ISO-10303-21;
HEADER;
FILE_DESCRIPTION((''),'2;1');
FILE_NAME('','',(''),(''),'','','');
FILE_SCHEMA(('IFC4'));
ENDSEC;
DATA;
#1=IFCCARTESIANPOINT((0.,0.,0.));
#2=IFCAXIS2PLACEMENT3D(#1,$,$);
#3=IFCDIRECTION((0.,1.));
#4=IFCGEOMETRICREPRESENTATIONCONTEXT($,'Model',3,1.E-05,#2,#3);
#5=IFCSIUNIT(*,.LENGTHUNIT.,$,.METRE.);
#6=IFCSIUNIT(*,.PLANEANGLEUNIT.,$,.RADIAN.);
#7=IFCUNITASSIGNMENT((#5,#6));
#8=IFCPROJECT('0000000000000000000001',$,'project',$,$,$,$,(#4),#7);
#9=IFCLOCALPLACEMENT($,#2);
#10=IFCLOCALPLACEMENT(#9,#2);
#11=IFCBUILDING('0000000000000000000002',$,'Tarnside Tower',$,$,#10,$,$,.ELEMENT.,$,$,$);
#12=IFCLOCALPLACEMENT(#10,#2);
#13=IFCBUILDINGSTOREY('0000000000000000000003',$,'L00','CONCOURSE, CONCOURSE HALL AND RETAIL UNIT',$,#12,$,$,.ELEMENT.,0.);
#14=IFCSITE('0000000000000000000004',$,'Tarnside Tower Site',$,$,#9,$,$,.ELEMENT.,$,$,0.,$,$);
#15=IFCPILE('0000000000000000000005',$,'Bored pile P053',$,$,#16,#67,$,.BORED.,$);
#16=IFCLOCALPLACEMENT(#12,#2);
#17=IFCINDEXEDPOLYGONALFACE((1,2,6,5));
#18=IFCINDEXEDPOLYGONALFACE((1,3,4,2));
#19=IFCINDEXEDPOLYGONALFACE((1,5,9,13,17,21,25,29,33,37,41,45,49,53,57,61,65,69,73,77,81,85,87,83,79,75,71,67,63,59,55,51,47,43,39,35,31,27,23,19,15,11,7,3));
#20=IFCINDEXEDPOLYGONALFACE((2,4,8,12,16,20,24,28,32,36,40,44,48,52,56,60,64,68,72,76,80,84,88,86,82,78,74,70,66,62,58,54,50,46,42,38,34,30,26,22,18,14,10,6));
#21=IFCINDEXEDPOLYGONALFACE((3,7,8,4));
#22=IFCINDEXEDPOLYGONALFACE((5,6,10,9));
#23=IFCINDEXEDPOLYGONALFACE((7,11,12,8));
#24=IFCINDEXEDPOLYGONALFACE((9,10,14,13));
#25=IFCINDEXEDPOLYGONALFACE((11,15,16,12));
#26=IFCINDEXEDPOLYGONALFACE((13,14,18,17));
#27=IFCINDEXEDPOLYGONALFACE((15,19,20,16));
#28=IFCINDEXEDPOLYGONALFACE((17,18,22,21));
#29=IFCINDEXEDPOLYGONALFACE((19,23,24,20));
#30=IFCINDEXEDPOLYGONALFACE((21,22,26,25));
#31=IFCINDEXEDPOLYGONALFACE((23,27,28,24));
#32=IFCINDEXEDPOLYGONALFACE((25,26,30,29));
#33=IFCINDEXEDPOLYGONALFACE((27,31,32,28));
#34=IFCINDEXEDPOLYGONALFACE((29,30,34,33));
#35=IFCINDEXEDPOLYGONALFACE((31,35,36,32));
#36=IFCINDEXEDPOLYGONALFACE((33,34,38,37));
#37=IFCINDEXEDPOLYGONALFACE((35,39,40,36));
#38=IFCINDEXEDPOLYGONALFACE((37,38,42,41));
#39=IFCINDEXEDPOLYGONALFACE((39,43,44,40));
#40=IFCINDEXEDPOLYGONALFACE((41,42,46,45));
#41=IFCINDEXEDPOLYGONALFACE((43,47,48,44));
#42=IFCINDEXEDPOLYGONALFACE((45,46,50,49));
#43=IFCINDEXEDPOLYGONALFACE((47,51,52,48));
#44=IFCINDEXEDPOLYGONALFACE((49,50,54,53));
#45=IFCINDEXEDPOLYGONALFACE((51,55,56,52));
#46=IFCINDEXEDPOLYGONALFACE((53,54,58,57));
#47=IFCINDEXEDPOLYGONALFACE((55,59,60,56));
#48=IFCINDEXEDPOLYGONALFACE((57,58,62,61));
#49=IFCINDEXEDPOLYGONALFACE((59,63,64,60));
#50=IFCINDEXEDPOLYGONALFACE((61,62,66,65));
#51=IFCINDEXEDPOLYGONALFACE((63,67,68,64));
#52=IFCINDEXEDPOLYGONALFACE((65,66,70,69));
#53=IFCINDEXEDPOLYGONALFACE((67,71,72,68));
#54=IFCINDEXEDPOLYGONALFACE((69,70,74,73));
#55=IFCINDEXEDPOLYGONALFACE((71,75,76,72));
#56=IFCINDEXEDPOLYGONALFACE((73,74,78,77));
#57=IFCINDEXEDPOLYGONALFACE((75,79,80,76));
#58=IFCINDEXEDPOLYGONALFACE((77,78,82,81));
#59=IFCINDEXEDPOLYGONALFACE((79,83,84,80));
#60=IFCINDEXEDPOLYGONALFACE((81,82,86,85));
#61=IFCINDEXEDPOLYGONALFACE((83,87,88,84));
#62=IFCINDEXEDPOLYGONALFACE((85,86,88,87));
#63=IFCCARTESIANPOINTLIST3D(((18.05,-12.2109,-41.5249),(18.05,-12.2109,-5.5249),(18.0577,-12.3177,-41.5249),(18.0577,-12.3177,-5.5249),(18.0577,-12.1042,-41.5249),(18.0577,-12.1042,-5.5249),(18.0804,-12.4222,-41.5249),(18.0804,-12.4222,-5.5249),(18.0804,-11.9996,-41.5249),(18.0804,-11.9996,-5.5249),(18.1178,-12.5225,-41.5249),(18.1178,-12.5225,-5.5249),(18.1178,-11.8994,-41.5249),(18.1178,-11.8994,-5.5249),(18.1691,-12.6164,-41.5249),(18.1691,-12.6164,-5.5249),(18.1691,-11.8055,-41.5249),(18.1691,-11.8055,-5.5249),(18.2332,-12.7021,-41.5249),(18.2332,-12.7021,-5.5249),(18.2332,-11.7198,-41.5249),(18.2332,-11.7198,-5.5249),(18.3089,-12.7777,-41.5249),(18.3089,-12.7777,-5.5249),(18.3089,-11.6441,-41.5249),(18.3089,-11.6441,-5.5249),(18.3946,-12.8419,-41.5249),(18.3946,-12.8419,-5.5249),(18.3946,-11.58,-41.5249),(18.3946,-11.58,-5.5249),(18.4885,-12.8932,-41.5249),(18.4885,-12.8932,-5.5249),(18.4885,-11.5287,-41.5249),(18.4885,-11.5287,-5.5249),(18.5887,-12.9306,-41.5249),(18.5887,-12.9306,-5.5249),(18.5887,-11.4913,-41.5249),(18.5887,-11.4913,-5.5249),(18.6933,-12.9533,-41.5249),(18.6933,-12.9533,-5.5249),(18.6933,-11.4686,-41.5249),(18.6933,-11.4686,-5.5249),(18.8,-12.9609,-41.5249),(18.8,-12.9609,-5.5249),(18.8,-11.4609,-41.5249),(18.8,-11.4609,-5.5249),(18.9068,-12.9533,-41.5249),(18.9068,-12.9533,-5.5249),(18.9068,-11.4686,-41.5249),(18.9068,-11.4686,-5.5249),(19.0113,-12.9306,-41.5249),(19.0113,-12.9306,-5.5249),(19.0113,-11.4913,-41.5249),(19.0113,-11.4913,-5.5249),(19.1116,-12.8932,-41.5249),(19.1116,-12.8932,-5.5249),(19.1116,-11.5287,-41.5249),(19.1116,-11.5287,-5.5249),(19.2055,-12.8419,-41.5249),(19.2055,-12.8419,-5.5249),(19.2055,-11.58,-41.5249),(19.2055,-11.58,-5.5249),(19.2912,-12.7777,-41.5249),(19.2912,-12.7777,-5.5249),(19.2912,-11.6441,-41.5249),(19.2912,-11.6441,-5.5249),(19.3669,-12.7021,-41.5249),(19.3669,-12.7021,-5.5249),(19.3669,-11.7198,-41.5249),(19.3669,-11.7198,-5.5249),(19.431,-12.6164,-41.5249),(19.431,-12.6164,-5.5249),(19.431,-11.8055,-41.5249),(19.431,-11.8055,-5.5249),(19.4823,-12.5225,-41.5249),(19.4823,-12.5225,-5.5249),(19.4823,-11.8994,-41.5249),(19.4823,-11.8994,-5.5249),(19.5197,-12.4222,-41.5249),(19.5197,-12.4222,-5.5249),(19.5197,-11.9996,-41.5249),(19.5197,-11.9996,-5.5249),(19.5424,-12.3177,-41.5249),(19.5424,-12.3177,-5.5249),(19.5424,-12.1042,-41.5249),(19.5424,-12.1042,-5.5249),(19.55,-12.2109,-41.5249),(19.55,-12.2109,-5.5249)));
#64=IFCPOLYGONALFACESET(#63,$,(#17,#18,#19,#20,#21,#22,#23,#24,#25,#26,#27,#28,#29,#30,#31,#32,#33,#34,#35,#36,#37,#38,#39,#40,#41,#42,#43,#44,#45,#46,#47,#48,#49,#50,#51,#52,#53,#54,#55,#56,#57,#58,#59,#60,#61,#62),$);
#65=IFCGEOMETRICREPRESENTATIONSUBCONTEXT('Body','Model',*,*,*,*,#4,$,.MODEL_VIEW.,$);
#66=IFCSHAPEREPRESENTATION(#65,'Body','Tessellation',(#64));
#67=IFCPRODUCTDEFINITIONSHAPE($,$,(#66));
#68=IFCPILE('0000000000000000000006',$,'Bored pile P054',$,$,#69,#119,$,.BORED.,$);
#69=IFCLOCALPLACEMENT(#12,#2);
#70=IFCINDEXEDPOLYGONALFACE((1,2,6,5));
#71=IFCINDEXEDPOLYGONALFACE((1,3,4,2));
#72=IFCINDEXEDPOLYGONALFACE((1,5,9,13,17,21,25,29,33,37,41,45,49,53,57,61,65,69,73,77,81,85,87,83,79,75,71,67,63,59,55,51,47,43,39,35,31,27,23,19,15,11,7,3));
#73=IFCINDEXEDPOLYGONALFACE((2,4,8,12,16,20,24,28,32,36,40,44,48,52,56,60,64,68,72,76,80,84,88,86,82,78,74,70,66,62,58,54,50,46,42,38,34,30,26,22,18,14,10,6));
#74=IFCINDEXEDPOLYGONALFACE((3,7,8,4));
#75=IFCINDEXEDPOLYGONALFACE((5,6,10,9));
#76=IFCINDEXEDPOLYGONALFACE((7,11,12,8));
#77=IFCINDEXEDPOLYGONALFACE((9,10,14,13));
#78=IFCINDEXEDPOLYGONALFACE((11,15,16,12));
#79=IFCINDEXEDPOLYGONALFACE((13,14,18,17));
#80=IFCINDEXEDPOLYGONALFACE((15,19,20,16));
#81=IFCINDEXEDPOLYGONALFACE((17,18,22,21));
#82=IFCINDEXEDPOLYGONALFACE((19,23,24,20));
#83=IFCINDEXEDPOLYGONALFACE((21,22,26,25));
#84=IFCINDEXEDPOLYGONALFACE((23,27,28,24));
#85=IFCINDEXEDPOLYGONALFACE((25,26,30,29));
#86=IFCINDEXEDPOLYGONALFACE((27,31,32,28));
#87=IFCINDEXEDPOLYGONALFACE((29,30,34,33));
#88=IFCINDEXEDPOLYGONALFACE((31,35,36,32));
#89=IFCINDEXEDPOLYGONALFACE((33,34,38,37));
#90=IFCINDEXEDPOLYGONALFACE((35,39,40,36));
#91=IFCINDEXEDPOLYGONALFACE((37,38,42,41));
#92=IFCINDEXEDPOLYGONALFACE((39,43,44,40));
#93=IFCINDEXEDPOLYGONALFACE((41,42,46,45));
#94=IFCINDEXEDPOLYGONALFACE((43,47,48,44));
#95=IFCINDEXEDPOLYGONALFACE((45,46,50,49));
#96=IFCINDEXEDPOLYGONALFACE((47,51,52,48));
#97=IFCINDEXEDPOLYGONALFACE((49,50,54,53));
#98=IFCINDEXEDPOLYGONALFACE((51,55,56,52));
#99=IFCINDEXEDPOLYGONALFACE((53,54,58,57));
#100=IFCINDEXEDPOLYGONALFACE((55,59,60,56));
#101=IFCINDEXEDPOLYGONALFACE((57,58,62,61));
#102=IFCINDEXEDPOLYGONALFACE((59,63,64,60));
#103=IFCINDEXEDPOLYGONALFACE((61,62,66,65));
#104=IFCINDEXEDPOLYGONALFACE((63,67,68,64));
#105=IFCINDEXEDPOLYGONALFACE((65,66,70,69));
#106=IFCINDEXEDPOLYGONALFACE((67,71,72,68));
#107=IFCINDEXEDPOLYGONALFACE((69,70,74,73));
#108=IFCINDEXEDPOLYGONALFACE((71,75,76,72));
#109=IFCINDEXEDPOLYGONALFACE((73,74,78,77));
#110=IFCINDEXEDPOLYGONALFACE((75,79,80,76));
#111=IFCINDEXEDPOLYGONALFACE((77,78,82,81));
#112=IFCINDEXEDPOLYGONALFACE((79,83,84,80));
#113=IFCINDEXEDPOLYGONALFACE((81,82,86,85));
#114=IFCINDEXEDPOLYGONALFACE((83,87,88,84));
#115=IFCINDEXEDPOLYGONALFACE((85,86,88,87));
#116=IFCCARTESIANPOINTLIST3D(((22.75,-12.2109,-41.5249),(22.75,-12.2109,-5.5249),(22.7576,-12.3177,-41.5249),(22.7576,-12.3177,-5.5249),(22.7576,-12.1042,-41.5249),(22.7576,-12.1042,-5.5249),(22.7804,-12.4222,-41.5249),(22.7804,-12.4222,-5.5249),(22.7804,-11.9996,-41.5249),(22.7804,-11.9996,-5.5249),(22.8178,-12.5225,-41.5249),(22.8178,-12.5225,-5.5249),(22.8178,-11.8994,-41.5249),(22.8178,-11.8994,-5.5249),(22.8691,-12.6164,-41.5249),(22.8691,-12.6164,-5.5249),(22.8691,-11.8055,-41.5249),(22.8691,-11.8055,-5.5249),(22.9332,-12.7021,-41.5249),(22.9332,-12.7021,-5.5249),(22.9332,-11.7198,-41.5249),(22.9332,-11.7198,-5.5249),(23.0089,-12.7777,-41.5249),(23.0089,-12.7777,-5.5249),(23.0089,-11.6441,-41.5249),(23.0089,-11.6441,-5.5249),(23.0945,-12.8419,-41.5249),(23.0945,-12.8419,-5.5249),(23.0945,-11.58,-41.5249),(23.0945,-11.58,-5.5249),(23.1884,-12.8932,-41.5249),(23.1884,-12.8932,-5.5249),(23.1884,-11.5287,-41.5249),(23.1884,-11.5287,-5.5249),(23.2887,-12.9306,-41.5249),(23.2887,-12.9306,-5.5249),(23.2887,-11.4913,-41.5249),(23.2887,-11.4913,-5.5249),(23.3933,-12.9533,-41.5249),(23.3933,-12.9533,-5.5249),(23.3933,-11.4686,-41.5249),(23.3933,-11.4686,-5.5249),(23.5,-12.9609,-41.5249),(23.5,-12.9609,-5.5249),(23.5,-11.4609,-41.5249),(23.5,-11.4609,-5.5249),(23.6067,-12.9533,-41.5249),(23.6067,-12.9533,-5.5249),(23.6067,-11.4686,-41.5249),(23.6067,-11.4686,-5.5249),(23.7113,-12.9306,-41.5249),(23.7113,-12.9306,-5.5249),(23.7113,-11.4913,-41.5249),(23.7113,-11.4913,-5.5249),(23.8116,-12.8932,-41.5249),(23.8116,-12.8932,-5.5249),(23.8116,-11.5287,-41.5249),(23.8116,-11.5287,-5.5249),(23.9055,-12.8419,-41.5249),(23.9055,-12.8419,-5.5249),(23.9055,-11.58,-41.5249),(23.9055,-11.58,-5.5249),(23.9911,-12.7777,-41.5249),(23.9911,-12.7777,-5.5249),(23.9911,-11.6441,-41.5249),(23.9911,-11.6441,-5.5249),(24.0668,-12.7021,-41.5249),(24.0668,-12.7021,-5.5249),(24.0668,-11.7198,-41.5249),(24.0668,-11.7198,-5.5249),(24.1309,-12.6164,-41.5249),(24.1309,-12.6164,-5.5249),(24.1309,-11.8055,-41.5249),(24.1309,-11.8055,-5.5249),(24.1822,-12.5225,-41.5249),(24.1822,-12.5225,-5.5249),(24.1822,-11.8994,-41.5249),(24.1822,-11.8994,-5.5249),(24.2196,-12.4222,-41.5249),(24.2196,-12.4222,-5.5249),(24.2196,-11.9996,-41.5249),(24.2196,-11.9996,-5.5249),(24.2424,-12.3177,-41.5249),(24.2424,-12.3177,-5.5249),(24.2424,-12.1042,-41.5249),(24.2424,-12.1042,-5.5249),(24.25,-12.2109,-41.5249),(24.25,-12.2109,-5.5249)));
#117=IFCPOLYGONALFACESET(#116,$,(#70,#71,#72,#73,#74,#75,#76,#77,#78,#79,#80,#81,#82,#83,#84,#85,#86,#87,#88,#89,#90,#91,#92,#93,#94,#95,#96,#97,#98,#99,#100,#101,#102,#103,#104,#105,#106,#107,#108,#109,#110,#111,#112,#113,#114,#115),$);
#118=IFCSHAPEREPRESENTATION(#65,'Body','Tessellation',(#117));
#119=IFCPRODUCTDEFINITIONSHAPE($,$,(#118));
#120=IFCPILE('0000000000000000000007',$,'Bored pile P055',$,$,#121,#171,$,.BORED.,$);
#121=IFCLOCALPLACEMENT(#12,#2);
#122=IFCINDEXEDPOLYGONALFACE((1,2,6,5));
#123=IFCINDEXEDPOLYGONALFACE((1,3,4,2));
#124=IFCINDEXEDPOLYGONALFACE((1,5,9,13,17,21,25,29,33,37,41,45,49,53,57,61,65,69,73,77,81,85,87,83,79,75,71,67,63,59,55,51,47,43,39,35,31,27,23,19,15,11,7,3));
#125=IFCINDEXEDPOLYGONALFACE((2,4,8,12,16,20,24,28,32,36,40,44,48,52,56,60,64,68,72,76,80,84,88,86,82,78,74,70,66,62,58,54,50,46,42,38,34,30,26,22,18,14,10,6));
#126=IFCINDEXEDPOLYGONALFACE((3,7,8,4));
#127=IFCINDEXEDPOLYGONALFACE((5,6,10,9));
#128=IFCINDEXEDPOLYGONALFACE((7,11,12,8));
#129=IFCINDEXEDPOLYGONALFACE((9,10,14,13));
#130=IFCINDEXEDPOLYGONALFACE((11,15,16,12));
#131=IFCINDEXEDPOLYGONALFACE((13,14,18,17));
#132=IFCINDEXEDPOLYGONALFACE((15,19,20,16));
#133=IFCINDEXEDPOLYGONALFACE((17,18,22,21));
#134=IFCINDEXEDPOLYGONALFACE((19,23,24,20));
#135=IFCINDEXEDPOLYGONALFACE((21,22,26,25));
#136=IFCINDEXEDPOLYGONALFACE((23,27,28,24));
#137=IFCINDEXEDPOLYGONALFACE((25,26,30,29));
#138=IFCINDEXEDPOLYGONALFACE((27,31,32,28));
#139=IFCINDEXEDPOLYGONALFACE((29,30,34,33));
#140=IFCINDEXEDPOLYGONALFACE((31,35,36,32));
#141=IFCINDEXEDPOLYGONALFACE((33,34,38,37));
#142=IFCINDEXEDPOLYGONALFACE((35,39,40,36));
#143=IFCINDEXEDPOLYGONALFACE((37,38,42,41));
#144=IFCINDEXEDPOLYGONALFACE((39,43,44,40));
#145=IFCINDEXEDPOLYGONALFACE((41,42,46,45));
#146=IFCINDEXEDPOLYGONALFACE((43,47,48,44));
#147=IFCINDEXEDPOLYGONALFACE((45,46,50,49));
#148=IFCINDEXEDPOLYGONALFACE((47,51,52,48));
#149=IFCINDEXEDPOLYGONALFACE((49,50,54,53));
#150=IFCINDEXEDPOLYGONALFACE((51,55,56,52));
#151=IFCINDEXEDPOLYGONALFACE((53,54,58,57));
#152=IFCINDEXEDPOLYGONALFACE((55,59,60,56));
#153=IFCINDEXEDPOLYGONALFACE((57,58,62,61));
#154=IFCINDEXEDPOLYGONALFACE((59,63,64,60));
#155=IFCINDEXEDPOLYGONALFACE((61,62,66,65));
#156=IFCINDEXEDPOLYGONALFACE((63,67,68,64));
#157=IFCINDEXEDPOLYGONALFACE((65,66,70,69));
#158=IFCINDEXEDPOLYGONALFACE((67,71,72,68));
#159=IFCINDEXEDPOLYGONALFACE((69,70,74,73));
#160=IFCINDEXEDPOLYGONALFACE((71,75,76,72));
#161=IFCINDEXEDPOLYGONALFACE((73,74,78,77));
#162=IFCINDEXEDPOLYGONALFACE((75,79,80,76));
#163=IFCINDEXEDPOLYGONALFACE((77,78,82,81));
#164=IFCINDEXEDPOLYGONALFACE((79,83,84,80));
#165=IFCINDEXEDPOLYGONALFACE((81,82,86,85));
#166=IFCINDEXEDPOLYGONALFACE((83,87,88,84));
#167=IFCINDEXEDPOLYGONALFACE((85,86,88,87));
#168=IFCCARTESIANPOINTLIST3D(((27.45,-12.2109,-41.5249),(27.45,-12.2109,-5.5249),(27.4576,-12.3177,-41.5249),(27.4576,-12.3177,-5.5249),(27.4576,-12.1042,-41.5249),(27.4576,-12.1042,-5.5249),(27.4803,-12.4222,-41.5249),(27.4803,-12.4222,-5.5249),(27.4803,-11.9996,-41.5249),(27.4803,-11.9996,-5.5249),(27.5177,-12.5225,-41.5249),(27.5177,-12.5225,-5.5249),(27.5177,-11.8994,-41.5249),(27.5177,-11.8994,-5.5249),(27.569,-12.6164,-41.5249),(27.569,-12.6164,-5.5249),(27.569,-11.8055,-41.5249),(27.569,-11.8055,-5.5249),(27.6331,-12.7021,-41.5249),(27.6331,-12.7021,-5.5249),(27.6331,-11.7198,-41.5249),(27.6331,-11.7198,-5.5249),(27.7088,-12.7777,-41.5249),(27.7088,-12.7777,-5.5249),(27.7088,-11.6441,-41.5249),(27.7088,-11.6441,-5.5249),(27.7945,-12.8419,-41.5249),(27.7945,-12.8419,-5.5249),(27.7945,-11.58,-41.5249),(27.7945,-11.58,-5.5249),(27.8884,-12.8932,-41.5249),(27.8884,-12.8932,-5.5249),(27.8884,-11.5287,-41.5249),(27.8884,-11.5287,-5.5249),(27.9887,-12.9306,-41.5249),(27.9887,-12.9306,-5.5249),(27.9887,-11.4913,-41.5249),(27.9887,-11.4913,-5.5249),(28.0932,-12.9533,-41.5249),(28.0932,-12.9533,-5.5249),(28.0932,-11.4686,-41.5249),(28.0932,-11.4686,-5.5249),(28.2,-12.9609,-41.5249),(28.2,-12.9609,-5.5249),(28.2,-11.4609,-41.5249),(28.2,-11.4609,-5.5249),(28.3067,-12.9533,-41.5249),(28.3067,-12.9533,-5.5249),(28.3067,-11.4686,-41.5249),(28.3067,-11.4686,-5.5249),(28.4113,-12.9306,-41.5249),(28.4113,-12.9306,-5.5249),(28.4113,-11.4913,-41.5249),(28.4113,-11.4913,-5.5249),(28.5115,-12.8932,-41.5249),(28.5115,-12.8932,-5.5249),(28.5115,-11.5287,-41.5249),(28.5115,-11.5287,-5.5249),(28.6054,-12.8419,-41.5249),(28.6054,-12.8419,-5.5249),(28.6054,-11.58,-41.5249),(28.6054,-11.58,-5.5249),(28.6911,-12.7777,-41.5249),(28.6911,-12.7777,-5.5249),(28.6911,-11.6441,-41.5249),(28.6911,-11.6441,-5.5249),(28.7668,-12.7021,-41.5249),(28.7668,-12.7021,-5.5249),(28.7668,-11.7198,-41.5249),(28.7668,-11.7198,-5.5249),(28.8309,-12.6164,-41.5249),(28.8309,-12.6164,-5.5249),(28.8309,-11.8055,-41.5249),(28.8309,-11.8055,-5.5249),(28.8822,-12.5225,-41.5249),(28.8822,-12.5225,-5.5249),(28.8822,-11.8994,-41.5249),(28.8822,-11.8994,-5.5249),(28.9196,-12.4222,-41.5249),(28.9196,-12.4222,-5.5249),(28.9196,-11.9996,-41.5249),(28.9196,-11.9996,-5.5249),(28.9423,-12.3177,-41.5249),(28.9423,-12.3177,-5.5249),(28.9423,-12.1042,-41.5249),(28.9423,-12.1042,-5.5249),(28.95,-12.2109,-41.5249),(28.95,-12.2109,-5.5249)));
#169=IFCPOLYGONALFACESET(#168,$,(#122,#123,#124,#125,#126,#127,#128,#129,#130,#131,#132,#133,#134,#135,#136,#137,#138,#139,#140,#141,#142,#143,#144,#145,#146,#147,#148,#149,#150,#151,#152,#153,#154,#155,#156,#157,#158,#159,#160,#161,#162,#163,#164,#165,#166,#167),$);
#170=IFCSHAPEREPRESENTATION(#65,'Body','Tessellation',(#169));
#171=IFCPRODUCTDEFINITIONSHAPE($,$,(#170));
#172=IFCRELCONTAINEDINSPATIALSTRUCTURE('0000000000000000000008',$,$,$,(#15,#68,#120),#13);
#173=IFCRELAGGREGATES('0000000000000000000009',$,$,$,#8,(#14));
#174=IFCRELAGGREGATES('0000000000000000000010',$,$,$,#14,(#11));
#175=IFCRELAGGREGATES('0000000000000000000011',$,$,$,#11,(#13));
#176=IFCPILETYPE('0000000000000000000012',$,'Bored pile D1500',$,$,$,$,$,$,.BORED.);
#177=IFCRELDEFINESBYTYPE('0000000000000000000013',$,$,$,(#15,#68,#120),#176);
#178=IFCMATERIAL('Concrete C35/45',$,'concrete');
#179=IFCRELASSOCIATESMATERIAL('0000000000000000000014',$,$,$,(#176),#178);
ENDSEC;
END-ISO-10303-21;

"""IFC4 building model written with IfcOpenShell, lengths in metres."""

from ifc_helpers import new_model, si_unit, direction, frame, origin, origin_2d, place, context, subcontext, project, spatial, circle, extrude, material, material_profile, profile_set, type_object, element, save


model = new_model("IFC4")

# Units and contexts
model_context = context("Model", 3, precision=1e-05, world=origin(), true_north=direction((0.0, 1.0)))
body_context = subcontext(model_context, "Body", "Model", "MODEL_VIEW")
ifc_project = project(units=[si_unit("LENGTHUNIT", "METRE"), si_unit("PLANEANGLEUNIT", "RADIAN")], contexts=[model_context])

# Site, building, storey
site_placement = place(None, origin())
site = spatial("IfcSite", under=ifc_project, at=site_placement, Name="Tarnside Tower Site", CompositionType="ELEMENT", RefElevation=0.0)
building_placement = place(site_placement, origin())
building = spatial("IfcBuilding", under=site, at=building_placement, Name="Tarnside Tower", CompositionType="ELEMENT")
storey_placement = place(building_placement, origin())
storey = spatial("IfcBuildingStorey", under=building, at=storey_placement, Name="L00", Description="CONCOURSE, CONCOURSE HALL AND RETAIL UNIT", CompositionType="ELEMENT", Elevation=0.0)

# Piles
ifc_material_1 = material(Name="Concrete C35/45", Category="concrete")
ifc_material_profile_1 = material_profile(ifc_material_1, circle(Radius=0.75, at=origin_2d()), Name="Bored pile D1500")
ifc_profile_set_1 = profile_set([ifc_material_profile_1], Name="Concrete C35/45")
pile_type = type_object("IfcPileType", Name="Bored pile D1500", PredefinedType="BORED", material=ifc_profile_set_1)
for number, where, z_axis, x_axis, name in (
    (1, (18.8, -12.2109, -5.5249), (0.0, 0.0, -1.0), (1.0, 0.0, 0.0), "Bored pile P053"),
    (2, (23.5, -12.2109, -5.5249), (0.0, 0.0, -1.0), (1.0, 0.0, 0.0), "Bored pile P054"),
    (3, (28.2, -12.2109, -5.5249), (0.0, 0.0, -1.0), (1.0, 0.0, 0.0), "Bored pile P055"),
):
    element("IfcPile", number, at=place(storey_placement, frame(where, z_axis=z_axis, x_axis=x_axis)), inside=storey, type_object=pile_type, Name=name, PredefinedType="BORED", context=body_context, shape_type="SweptSolid", body=[
        extrude(circle(Radius=0.75, at=origin_2d()), origin(), (0.0, 0.0, 1.0), 36.0),
    ])

save(model, "model.ifc")
